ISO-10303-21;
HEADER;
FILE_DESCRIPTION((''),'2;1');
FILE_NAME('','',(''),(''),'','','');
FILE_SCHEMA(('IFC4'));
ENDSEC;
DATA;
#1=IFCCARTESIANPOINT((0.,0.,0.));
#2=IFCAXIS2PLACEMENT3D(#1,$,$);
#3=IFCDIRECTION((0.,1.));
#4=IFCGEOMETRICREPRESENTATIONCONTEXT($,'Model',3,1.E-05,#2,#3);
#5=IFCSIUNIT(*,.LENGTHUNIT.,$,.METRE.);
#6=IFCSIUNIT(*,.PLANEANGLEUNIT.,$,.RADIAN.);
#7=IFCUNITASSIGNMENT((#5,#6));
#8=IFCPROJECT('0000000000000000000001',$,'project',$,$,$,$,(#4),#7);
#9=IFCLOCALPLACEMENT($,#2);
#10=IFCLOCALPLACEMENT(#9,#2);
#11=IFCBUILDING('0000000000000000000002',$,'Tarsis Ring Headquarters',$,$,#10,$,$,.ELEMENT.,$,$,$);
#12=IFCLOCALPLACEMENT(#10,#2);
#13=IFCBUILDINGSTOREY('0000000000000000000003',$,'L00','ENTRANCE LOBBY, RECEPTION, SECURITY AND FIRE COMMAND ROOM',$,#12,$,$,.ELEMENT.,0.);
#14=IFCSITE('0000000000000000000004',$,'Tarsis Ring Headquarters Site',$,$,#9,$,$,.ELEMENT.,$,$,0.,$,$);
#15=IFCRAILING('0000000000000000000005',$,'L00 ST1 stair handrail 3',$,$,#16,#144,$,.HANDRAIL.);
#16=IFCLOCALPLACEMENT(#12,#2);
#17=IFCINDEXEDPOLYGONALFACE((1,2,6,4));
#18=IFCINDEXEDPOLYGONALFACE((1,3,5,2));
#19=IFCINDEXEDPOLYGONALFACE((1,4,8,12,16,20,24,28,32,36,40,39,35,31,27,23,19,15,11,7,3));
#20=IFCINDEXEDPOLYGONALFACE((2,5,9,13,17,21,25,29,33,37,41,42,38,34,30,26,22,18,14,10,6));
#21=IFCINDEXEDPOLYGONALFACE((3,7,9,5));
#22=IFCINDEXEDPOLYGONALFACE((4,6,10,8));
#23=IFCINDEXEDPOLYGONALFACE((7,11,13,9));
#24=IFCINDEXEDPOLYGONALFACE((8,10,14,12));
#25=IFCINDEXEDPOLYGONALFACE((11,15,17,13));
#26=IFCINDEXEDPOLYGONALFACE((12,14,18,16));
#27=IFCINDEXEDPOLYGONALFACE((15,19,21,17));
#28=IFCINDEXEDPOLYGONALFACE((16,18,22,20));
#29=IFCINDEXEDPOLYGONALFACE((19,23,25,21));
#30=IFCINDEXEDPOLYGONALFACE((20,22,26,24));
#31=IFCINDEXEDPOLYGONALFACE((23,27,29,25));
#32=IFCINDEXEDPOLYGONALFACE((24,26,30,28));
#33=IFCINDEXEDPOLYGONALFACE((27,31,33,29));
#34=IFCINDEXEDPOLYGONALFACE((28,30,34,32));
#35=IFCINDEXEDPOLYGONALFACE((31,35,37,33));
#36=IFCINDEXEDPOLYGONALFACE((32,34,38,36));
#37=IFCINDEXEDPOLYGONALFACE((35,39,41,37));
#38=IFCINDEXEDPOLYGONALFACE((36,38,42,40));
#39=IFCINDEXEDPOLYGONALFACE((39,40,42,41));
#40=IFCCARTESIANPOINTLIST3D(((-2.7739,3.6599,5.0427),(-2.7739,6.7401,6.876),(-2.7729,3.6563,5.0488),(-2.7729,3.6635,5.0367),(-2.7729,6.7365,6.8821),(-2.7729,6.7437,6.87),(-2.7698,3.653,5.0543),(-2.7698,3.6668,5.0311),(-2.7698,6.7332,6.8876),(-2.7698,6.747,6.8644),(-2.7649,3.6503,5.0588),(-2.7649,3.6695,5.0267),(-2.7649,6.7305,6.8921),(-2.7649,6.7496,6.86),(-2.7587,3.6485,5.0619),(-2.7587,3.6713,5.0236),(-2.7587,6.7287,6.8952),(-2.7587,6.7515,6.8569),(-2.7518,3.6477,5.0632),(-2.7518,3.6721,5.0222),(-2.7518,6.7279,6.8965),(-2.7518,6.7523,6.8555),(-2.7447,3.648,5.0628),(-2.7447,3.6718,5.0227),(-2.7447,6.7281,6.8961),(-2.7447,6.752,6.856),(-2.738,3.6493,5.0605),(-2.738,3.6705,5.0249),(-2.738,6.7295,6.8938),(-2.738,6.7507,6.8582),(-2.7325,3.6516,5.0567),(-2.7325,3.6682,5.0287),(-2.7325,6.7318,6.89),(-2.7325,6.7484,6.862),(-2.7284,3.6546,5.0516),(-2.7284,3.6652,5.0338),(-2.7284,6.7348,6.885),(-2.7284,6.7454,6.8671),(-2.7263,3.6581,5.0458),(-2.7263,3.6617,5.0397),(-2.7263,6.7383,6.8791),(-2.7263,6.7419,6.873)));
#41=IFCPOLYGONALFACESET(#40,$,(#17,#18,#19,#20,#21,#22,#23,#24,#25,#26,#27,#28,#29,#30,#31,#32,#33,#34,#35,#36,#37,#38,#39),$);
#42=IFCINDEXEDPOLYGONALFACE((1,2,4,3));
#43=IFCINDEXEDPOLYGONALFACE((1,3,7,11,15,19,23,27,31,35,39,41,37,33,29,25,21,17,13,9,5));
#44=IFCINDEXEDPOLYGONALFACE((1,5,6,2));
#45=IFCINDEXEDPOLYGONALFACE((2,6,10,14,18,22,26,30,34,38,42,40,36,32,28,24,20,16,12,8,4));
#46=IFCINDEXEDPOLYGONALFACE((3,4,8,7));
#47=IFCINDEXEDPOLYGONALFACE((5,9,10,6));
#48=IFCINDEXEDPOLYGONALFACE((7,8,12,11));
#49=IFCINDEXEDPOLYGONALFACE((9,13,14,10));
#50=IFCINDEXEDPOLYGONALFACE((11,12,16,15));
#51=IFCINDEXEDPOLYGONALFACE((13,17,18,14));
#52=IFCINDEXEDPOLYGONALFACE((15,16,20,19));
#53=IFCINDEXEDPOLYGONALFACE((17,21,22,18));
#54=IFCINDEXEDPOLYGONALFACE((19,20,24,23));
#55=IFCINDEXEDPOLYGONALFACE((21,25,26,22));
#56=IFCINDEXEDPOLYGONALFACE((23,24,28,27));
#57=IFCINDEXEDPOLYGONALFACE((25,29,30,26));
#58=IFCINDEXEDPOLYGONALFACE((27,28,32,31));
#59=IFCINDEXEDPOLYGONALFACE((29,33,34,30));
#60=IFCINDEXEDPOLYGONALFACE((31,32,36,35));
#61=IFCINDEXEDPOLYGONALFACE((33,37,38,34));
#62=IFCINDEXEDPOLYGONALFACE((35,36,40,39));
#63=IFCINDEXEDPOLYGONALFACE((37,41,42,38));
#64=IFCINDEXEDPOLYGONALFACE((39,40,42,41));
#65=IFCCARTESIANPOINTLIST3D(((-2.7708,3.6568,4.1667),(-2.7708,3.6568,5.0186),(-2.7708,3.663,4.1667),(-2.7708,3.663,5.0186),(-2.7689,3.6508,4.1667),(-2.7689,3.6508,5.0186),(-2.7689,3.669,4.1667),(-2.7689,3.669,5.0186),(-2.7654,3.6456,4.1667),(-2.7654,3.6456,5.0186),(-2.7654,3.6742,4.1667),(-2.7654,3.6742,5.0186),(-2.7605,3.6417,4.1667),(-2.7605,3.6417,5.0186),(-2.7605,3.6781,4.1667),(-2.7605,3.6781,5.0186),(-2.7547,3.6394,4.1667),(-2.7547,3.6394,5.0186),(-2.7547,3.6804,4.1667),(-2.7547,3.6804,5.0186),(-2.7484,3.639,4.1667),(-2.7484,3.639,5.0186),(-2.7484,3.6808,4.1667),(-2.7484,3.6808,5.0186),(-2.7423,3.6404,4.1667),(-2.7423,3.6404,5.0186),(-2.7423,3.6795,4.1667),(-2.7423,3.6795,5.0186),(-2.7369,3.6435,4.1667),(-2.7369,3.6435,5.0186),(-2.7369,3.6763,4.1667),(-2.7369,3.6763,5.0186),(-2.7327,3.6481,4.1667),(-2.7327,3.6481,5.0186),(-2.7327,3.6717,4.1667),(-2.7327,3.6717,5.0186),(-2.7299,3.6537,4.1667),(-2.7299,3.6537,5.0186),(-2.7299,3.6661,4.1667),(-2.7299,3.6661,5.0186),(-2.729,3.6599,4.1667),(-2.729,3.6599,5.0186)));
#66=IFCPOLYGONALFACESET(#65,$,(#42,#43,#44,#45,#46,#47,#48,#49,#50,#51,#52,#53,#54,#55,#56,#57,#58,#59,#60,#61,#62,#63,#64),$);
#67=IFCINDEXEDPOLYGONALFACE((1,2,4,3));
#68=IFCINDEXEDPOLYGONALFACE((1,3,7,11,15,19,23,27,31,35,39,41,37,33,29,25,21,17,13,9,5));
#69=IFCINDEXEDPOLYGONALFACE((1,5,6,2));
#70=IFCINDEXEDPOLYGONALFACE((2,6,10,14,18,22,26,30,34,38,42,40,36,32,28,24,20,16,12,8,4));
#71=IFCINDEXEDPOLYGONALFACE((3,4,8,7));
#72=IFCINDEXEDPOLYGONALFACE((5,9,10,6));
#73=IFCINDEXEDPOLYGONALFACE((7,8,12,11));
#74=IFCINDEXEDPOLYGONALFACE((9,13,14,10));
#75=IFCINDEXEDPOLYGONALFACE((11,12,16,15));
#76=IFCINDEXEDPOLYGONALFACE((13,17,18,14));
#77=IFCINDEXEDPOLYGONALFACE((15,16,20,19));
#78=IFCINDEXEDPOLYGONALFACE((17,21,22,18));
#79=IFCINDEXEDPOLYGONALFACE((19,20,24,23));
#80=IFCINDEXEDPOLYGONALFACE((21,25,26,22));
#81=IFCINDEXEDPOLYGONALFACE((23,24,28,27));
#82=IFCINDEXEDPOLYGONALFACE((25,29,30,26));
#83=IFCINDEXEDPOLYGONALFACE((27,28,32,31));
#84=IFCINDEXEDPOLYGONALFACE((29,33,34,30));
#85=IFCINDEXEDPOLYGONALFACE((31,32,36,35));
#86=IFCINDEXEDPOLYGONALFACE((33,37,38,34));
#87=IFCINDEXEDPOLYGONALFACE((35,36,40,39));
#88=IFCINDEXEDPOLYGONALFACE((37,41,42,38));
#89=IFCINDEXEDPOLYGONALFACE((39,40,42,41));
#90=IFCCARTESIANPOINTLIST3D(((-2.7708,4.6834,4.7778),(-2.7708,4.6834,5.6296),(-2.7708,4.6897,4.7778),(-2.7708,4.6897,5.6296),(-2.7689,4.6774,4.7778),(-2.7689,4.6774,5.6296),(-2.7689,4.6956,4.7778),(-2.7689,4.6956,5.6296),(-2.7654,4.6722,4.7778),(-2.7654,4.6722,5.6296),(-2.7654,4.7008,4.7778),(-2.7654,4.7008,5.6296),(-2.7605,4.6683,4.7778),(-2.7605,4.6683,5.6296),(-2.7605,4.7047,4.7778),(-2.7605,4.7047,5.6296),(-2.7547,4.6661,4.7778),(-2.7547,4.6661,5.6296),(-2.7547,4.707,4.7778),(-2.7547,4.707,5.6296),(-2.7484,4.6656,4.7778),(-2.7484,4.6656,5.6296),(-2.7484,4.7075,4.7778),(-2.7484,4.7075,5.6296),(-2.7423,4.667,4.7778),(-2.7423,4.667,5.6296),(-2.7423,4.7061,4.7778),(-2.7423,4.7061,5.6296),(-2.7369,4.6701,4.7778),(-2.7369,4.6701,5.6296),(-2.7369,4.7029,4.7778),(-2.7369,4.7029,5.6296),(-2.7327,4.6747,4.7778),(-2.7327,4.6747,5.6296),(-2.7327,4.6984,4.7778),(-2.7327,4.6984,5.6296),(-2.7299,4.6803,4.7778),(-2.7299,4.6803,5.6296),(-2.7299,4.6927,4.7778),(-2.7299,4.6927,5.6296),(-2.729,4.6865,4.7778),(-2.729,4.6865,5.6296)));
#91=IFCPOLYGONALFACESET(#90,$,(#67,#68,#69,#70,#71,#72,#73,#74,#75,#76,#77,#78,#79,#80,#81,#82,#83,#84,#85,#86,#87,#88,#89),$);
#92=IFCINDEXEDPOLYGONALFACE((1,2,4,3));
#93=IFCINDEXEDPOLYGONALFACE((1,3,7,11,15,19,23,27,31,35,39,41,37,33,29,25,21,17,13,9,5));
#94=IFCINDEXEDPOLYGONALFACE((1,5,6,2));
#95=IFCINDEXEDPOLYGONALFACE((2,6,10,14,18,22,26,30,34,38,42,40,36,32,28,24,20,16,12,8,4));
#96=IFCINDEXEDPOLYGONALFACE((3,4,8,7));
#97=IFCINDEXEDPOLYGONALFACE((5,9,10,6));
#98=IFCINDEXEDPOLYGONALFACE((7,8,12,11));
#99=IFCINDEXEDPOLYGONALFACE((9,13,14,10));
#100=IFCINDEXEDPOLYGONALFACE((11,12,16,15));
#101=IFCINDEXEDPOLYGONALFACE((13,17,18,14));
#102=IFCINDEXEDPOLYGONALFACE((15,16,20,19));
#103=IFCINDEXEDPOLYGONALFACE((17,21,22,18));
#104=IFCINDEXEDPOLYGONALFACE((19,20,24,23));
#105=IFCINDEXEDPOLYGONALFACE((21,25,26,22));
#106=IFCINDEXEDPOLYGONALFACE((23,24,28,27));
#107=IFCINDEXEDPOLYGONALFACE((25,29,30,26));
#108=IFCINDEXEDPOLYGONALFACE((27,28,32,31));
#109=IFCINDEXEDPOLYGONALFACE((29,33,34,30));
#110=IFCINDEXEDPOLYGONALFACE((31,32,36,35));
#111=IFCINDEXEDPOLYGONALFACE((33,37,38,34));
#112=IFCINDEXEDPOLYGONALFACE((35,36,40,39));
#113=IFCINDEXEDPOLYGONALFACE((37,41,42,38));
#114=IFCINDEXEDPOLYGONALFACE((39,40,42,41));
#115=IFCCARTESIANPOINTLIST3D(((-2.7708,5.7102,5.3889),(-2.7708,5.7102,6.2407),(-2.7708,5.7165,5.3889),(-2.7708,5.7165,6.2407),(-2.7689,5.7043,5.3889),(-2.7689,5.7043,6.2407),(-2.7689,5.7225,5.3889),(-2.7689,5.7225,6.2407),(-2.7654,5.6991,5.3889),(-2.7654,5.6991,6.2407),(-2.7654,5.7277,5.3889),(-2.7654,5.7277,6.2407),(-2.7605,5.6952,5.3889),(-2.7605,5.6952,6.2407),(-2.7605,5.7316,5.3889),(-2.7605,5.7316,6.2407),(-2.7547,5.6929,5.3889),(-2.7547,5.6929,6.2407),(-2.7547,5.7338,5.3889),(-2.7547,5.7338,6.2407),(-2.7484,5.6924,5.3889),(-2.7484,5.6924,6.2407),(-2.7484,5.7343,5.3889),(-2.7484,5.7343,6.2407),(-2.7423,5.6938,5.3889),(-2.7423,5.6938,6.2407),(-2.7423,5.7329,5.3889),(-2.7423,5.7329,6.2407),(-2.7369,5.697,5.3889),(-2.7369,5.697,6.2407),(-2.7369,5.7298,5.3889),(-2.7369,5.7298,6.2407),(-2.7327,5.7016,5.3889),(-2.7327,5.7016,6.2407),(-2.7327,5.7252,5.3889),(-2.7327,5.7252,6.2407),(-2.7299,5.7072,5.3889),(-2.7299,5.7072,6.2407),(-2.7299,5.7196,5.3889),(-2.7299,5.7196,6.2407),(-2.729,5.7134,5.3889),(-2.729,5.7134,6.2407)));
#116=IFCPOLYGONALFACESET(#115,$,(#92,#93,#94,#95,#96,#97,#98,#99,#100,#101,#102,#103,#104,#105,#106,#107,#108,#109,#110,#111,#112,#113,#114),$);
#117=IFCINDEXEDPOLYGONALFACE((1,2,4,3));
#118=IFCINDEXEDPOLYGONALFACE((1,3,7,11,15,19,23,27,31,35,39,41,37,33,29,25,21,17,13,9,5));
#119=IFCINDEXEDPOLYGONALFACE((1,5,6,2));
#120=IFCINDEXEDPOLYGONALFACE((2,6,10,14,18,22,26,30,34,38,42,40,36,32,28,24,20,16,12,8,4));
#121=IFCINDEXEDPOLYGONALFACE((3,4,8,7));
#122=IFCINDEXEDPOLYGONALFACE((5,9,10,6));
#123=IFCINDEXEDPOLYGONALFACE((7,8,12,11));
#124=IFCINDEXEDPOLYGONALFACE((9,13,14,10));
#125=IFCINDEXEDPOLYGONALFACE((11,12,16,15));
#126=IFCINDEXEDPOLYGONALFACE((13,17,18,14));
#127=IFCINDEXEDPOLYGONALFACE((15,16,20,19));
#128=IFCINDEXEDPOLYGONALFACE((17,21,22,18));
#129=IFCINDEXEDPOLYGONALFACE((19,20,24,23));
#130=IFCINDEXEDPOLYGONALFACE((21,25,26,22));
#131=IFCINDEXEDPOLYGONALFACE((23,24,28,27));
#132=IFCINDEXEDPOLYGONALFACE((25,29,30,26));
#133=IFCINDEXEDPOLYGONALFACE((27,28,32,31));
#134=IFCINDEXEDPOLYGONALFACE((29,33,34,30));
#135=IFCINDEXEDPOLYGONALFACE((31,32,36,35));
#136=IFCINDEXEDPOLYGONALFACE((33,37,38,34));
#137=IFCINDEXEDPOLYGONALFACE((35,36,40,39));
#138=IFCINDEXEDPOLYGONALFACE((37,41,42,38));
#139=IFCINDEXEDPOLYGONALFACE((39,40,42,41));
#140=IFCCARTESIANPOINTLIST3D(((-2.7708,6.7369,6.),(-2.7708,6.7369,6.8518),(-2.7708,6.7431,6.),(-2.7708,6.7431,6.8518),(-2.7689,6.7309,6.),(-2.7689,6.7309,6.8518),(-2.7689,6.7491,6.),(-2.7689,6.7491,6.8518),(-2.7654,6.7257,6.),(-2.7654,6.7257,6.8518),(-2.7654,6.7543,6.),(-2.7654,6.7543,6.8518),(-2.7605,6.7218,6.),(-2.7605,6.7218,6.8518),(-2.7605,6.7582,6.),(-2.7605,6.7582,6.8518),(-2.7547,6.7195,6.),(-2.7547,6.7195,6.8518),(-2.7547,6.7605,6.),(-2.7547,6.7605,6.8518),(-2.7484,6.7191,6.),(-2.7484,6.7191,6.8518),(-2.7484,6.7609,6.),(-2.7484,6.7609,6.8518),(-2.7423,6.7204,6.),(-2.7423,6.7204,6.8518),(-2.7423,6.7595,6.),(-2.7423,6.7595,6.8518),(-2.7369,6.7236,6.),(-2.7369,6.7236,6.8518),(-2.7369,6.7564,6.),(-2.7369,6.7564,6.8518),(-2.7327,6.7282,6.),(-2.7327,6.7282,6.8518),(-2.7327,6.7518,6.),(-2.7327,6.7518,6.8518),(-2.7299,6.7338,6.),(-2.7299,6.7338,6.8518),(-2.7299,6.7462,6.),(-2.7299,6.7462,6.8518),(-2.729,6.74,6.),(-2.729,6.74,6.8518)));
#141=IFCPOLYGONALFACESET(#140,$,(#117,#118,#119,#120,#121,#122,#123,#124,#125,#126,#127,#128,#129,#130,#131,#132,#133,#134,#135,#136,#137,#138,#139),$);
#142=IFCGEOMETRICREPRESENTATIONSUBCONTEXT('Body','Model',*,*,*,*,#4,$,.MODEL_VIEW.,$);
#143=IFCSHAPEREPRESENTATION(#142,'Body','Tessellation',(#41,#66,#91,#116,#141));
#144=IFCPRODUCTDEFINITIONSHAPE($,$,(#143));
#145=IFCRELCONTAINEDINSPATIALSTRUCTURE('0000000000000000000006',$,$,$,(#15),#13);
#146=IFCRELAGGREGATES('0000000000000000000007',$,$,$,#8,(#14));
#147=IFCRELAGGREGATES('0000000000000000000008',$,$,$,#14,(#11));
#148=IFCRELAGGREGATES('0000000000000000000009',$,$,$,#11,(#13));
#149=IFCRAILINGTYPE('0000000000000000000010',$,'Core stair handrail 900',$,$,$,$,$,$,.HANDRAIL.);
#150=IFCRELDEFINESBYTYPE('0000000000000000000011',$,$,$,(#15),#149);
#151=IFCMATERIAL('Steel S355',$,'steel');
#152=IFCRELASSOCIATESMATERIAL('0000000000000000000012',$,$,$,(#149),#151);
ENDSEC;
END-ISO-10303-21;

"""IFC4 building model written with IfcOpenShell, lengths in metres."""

from ifc_helpers import new_model, si_unit, direction, frame, origin, origin_2d, place, context, subcontext, project, spatial, circle, extrude, material, type_object, element, save


model = new_model("IFC4")

# Units and contexts
model_context = context("Model", 3, precision=1e-05, world=origin(), true_north=direction((0.0, 1.0)))
body_context = subcontext(model_context, "Body", "Model", "MODEL_VIEW")
ifc_project = project(units=[si_unit("LENGTHUNIT", "METRE"), si_unit("PLANEANGLEUNIT", "RADIAN")], contexts=[model_context])

# Site, building, storey
site_placement = place(None, origin())
site = spatial("IfcSite", under=ifc_project, at=site_placement, Name="Tarsis Ring Headquarters Site", CompositionType="ELEMENT", RefElevation=0.0)
building_placement = place(site_placement, origin())
building = spatial("IfcBuilding", under=site, at=building_placement, Name="Tarsis Ring Headquarters", CompositionType="ELEMENT")
storey_placement = place(building_placement, origin())
storey = spatial("IfcBuildingStorey", under=building, at=storey_placement, Name="L00", Description="ENTRANCE LOBBY, RECEPTION, SECURITY AND FIRE COMMAND ROOM", CompositionType="ELEMENT", Elevation=0.0)

# Railing
ifc_material = material(Name="Steel S355", Category="steel")
railing_type_1 = type_object("IfcRailingType", Name="Core stair handrail 900", PredefinedType="HANDRAIL", material=ifc_material)
for number, where, name in (
    (1, (-2.75, 3.6599, 4.1667), "L00 ST1 stair handrail 3"),
):
    element("IfcRailing", number, at=place(storey_placement, frame(where)), inside=storey, type_object=railing_type_1, Name=name, PredefinedType="HANDRAIL", context=body_context, shape_type="SweptSolid", body=[
        extrude(circle(Radius=0.0239, at=origin_2d()), frame((0.0, 0.0, 0.876), z_axis=(0.0, 0.859309, 0.511458), x_axis=(-1.0, 0.0, 0.0)), (0.0, 0.0, 1.0), 3.5845),
        extrude(circle(Radius=0.021, at=origin_2d()), origin(), (0.0, 0.0, 1.0), 0.8518),
        extrude(circle(Radius=0.021, at=origin_2d()), frame((0.0, 1.0266, 0.6111)), (0.0, 0.0, 1.0), 0.8518),
        extrude(circle(Radius=0.021, at=origin_2d()), frame((0.0, 2.0535, 1.2222)), (0.0, 0.0, 1.0), 0.8518),
        extrude(circle(Radius=0.021, at=origin_2d()), frame((0.0, 3.0801, 1.8333)), (0.0, 0.0, 1.0), 0.8518),
    ])

save(model, "model.ifc")
